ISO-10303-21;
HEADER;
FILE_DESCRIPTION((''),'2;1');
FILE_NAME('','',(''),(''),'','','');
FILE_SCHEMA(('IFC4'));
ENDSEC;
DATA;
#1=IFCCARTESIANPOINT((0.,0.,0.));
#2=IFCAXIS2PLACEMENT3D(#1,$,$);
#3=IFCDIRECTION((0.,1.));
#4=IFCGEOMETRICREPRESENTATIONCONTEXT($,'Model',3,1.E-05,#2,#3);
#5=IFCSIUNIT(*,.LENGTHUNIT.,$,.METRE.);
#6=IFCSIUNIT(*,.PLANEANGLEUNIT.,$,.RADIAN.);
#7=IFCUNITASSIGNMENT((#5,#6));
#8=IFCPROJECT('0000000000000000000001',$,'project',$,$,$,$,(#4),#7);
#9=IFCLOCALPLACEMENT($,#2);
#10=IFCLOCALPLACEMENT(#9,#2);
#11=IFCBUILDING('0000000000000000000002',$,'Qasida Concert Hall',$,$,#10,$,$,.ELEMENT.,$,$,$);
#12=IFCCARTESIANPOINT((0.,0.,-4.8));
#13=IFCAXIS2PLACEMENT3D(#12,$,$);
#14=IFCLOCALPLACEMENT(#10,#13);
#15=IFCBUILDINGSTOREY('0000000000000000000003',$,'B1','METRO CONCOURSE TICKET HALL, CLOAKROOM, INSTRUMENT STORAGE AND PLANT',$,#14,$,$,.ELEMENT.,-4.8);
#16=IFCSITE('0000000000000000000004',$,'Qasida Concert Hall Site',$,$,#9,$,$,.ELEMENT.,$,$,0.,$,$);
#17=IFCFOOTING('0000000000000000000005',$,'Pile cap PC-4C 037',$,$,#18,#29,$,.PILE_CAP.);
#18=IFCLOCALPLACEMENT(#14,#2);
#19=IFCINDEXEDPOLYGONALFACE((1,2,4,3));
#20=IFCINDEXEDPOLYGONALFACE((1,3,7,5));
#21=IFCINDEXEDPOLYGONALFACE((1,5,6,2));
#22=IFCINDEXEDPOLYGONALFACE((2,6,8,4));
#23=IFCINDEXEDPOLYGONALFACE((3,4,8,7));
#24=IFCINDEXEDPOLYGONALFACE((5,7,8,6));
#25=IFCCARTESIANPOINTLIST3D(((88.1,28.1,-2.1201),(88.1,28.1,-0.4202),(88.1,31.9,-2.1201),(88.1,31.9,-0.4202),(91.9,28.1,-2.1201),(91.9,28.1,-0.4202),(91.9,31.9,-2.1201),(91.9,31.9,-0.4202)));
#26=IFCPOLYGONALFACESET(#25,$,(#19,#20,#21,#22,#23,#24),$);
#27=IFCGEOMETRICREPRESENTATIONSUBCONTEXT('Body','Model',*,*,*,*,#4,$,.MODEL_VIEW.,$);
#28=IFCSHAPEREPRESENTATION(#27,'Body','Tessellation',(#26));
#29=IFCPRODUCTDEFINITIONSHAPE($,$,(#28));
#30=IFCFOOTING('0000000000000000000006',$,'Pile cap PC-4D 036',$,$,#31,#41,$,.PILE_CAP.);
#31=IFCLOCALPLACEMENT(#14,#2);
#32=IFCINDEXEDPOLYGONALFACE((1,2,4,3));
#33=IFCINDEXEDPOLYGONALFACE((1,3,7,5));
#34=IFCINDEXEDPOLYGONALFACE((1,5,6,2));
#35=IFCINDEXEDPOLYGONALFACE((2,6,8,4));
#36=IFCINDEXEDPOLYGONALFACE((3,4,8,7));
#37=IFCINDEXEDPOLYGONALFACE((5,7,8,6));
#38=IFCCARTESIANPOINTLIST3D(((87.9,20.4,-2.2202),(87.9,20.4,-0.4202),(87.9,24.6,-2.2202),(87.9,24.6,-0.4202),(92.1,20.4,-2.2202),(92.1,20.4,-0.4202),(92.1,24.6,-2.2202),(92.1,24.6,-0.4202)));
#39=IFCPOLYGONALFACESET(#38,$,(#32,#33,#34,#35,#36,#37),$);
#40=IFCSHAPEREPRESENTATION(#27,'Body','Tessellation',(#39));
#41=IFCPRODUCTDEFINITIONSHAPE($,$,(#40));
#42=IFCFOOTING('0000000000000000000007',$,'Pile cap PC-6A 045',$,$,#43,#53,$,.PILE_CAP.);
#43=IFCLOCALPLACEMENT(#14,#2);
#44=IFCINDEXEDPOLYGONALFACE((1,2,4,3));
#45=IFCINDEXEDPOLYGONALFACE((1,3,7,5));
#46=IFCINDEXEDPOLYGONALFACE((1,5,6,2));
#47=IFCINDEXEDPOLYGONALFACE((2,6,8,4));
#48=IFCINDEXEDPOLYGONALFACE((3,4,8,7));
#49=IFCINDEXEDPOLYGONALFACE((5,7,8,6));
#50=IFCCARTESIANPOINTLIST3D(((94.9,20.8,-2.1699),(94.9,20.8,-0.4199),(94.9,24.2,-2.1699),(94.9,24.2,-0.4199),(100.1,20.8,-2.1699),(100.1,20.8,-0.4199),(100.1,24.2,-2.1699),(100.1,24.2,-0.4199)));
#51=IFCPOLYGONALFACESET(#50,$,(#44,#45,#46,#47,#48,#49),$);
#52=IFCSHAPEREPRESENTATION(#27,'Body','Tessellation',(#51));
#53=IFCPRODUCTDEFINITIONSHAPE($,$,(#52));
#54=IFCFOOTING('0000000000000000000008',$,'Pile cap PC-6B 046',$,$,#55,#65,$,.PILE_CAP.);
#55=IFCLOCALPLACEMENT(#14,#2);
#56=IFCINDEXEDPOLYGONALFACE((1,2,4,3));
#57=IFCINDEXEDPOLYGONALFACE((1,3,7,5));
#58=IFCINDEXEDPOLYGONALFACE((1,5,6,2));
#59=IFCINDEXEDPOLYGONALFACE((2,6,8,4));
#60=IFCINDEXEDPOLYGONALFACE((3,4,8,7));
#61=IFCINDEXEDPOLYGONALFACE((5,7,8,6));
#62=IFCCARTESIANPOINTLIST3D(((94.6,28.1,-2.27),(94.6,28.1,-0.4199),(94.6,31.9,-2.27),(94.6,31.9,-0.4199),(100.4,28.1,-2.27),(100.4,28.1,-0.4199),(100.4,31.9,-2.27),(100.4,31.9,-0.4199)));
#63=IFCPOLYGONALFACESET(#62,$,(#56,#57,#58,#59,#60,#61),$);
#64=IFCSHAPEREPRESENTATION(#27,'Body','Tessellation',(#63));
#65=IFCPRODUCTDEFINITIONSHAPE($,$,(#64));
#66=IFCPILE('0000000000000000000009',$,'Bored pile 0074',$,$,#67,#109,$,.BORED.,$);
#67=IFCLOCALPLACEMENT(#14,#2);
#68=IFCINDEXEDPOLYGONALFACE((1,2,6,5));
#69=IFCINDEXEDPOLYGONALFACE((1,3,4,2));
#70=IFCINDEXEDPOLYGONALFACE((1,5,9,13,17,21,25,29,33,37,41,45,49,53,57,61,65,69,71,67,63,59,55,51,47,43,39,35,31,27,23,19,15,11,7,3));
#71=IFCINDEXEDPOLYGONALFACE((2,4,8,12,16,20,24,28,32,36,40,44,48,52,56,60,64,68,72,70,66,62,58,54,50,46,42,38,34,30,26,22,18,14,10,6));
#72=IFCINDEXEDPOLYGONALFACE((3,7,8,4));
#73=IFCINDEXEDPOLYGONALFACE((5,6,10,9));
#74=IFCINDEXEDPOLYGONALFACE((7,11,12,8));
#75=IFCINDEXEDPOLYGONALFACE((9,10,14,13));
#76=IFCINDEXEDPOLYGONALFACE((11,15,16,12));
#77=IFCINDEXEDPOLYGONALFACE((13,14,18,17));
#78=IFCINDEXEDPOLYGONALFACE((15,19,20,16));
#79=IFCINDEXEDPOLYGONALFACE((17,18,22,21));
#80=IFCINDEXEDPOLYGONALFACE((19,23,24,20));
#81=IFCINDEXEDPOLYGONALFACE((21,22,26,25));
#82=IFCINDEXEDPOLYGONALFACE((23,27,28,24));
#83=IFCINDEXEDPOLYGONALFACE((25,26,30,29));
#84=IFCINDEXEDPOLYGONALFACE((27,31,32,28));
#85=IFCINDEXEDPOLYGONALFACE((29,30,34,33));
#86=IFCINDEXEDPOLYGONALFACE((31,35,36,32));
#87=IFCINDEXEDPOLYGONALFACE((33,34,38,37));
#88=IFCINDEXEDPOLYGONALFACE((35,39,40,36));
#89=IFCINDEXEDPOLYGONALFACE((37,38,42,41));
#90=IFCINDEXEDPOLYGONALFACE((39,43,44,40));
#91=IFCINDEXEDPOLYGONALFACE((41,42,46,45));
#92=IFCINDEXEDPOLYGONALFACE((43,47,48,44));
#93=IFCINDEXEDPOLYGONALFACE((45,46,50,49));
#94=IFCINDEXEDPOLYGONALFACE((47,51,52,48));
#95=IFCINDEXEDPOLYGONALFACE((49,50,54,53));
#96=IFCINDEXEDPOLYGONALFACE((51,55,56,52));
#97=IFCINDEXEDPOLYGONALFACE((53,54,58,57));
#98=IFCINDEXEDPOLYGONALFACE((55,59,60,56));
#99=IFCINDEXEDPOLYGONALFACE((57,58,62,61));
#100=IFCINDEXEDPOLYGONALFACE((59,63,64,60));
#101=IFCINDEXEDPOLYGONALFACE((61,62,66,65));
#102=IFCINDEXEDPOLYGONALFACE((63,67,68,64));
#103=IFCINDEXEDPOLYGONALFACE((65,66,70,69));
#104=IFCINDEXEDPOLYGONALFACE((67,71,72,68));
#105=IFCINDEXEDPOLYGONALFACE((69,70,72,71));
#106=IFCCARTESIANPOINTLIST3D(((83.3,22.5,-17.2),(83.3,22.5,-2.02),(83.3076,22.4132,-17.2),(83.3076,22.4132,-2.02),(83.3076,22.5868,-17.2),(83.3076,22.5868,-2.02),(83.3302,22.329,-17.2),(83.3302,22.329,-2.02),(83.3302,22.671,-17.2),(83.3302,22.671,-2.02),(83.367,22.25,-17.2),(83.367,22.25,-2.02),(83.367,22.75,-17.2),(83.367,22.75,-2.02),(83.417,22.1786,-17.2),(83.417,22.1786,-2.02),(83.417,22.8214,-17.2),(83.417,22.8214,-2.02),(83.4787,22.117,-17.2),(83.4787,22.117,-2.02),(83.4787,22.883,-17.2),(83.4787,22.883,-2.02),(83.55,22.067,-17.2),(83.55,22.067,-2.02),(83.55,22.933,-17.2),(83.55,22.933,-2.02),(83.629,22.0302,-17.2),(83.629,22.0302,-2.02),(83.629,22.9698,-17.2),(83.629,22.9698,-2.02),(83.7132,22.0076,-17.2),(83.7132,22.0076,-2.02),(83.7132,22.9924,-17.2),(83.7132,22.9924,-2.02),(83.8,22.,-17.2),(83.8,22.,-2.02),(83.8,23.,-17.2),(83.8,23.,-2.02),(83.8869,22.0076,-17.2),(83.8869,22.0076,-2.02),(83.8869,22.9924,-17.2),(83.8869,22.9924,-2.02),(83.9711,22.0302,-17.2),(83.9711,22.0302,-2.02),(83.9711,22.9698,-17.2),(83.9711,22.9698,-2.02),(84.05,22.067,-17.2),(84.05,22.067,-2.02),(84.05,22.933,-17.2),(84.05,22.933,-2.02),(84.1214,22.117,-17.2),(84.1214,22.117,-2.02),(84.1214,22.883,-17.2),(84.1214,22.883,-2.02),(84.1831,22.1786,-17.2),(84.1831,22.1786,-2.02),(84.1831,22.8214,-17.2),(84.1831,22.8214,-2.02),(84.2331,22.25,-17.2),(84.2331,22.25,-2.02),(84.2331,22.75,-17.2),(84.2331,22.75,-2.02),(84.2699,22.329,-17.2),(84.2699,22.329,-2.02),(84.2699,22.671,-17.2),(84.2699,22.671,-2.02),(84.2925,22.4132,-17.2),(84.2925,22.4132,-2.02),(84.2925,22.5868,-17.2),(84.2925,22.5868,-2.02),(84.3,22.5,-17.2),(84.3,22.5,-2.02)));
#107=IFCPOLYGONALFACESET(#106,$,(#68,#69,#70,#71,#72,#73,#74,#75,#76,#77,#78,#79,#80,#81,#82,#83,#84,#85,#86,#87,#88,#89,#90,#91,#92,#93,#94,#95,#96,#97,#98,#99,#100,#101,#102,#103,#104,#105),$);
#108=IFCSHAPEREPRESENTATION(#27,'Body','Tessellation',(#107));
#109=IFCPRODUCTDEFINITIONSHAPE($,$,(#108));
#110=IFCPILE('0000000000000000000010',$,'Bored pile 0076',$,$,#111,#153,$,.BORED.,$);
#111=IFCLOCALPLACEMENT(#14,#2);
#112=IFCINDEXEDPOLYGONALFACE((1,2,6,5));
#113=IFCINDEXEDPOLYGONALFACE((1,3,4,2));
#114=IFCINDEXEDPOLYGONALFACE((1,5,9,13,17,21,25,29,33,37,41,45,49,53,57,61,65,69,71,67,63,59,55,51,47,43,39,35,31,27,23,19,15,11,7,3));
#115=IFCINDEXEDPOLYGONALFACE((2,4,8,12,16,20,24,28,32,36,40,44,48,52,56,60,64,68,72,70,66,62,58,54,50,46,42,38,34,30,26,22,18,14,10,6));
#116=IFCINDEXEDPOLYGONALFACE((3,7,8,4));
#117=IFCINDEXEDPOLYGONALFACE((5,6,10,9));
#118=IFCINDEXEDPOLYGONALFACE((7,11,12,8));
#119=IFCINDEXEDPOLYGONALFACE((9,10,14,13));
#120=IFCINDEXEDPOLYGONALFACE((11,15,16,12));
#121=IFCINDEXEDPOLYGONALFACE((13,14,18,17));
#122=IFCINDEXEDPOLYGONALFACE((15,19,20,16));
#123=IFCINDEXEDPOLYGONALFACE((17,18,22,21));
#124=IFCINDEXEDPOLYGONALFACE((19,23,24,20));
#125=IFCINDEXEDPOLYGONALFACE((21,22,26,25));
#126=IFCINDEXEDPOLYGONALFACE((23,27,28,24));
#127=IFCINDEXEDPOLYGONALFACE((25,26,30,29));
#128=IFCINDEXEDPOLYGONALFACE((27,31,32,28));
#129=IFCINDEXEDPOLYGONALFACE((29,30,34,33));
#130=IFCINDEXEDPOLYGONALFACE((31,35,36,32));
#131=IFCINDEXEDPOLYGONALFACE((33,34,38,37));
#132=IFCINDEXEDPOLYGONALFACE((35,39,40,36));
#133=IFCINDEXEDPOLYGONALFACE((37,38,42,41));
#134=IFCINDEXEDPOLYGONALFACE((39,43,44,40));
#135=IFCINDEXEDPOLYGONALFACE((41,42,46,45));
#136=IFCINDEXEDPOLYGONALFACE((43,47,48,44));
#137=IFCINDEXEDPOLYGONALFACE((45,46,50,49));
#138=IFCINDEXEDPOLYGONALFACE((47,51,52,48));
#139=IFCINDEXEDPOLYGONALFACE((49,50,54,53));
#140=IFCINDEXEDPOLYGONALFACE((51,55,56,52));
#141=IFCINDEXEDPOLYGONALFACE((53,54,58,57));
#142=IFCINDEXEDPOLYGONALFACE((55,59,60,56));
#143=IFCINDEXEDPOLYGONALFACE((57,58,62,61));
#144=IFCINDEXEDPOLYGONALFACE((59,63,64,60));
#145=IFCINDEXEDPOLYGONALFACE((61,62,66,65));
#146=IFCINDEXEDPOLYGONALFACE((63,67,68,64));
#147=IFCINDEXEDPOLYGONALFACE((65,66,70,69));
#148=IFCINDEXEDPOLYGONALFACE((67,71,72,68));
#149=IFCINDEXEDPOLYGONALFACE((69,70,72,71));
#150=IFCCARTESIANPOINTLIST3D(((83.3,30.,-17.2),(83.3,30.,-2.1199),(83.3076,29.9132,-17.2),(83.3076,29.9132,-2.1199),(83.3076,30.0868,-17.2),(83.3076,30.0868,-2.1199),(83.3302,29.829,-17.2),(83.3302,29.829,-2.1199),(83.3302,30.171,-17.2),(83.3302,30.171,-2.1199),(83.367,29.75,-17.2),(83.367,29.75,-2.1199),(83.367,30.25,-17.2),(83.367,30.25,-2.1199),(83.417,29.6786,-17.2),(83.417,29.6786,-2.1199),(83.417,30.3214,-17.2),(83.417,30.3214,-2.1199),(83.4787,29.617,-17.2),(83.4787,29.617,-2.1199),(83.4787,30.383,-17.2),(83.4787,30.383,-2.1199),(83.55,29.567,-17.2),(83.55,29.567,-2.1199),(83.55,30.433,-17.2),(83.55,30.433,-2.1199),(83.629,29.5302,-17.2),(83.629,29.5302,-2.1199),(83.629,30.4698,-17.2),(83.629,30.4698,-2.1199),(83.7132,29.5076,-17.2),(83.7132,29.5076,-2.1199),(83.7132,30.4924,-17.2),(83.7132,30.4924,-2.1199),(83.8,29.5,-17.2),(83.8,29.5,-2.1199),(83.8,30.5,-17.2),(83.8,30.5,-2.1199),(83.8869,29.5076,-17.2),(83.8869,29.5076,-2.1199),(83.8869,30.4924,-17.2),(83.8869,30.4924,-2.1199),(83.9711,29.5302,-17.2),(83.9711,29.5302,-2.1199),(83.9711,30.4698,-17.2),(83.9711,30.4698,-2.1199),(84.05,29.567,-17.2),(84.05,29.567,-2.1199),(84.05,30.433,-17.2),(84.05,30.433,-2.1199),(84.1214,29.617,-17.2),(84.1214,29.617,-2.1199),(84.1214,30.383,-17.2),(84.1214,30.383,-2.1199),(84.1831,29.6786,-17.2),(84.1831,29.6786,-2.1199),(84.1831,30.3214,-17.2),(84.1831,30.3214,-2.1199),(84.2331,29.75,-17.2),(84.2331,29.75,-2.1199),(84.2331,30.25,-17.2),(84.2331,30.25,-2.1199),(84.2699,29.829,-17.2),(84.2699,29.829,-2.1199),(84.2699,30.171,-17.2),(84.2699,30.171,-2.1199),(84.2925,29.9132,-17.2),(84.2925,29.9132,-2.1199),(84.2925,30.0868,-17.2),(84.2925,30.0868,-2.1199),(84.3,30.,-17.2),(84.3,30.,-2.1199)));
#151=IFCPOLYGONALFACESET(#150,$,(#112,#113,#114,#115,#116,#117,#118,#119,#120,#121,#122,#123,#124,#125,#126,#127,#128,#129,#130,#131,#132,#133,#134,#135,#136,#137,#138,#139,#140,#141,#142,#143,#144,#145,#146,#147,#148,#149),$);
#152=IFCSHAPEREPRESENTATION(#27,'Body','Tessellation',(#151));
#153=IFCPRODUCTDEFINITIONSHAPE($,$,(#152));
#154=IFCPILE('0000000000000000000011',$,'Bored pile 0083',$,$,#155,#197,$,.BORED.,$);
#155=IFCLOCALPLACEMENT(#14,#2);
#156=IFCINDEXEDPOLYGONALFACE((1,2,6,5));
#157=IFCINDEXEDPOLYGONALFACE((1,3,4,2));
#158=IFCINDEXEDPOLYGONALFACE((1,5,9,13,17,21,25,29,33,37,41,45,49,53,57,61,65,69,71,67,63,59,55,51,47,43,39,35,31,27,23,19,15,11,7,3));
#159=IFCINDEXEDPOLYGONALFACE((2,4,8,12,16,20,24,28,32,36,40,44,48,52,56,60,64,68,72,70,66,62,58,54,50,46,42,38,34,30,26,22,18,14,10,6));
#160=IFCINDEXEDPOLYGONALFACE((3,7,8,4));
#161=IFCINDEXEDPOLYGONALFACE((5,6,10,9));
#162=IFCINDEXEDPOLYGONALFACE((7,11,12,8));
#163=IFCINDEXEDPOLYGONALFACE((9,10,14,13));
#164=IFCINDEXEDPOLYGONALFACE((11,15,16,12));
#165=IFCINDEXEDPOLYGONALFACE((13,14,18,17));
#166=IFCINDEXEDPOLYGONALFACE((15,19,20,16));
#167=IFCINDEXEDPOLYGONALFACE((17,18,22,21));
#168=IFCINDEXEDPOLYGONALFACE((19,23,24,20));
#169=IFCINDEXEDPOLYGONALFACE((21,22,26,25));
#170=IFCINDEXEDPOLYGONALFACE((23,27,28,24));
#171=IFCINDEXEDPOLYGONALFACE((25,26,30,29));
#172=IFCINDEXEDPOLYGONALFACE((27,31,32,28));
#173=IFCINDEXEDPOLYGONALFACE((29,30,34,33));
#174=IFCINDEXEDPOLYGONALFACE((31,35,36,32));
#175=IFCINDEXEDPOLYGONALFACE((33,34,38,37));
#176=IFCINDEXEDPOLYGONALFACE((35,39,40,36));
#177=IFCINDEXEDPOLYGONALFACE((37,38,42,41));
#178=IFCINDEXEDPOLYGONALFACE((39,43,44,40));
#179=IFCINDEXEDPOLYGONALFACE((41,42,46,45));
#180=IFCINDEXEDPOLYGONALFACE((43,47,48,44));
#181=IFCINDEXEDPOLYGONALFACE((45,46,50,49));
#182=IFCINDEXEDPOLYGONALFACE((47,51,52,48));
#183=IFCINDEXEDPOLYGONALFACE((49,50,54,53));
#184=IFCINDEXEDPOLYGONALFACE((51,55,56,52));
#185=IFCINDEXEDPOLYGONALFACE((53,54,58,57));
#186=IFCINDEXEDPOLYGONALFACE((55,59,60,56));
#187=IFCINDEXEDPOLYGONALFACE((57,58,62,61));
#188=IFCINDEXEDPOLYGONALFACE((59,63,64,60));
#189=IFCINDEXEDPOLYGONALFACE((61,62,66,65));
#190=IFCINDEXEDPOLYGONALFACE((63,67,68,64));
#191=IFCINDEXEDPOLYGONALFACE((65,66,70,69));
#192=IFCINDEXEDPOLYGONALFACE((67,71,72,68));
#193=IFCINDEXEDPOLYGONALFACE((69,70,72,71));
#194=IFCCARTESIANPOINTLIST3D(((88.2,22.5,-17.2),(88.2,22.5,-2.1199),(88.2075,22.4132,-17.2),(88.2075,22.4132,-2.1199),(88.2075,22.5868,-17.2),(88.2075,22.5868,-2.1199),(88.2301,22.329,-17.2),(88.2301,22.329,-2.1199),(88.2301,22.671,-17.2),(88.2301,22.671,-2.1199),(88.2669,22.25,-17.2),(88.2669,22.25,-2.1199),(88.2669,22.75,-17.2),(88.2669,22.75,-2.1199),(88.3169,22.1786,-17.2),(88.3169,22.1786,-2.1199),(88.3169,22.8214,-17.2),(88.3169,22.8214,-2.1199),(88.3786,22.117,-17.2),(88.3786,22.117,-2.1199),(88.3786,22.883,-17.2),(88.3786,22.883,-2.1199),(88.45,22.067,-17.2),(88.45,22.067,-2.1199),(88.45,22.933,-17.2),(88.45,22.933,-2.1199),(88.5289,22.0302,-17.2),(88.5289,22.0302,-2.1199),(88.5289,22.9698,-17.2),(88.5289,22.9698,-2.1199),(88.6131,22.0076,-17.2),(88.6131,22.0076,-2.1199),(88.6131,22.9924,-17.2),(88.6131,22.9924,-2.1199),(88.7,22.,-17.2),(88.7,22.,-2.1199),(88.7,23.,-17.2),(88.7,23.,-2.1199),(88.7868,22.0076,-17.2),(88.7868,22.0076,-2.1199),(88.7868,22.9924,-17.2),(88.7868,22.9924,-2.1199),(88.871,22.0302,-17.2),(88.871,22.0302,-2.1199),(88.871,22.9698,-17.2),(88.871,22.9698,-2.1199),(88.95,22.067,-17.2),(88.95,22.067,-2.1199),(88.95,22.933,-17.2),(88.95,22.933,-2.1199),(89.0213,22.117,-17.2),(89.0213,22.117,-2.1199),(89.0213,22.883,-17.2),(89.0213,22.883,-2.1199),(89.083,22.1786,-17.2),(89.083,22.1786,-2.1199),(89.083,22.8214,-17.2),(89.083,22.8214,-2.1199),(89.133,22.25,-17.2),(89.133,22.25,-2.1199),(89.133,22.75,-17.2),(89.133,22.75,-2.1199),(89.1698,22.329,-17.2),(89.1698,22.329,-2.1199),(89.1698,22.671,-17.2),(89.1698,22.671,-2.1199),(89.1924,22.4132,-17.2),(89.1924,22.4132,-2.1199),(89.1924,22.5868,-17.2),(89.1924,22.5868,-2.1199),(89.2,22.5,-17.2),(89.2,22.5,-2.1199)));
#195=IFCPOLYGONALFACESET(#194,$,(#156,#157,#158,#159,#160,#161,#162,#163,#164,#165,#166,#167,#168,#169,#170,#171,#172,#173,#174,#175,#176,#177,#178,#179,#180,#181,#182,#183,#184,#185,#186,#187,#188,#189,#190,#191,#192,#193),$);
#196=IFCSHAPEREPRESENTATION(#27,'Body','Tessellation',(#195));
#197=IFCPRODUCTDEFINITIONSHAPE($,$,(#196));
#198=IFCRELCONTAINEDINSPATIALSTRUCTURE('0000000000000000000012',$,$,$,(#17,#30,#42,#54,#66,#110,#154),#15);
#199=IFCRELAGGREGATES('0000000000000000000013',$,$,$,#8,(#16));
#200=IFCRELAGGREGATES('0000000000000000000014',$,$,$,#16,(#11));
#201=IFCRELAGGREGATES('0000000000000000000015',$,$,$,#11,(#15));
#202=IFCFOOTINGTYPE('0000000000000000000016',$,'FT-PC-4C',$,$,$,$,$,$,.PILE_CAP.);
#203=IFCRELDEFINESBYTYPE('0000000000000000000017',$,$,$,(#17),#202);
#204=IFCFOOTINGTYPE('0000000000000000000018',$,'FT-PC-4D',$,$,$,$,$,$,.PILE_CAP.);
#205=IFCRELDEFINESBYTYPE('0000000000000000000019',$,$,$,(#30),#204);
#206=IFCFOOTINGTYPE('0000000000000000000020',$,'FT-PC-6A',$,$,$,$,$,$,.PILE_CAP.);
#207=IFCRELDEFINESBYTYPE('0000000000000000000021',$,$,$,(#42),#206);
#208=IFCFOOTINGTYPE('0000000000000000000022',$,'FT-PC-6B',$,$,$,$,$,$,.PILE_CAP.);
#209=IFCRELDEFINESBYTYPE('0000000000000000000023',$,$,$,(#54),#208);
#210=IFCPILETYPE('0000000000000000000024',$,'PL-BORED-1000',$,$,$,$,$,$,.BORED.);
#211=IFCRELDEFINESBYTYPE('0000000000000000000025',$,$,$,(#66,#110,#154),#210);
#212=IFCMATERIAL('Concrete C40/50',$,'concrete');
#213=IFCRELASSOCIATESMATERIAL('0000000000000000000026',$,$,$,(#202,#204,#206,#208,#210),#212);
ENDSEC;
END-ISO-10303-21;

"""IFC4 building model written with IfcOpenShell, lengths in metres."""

from ifc_helpers import new_model, si_unit, direction, frame, origin, origin_2d, place, context, subcontext, project, spatial, rectangle, circle, extrude, material, material_profile, profile_set, type_object, element, save


model = new_model("IFC4")

# Units and contexts
model_context = context("Model", 3, precision=1e-05, world=origin(), true_north=direction((0.0, 1.0)))
body_context = subcontext(model_context, "Body", "Model", "MODEL_VIEW")
ifc_project = project(units=[si_unit("LENGTHUNIT", "METRE"), si_unit("PLANEANGLEUNIT", "RADIAN")], contexts=[model_context])

# Site, building, storey
site_placement = place(None, origin())
site = spatial("IfcSite", under=ifc_project, at=site_placement, Name="Qasida Concert Hall Site", CompositionType="ELEMENT", RefElevation=0.0)
building_placement = place(site_placement, origin())
building = spatial("IfcBuilding", under=site, at=building_placement, Name="Qasida Concert Hall", CompositionType="ELEMENT")
storey_placement = place(building_placement, frame((0.0, 0.0, -4.8)))
storey = spatial("IfcBuildingStorey", under=building, at=storey_placement, Name="B1", Description="METRO CONCOURSE TICKET HALL, CLOAKROOM, INSTRUMENT STORAGE AND PLANT", CompositionType="ELEMENT", Elevation=-4.8)

# Footings
ifc_material_1 = material(Name="Concrete C40/50", Category="concrete")
footing_type_1 = type_object("IfcFootingType", Name="FT-PC-4C", PredefinedType="PILE_CAP", material=ifc_material_1)
footing_1_placement = place(storey_placement, frame((90.0, 30.0, -2.1201), z_axis=(0.0, 0.0, 1.0), x_axis=(1.0, 0.0, 0.0)))
element("IfcFooting", 1, at=footing_1_placement, inside=storey, type_object=footing_type_1, Name="Pile cap PC-4C 037", PredefinedType="PILE_CAP", context=body_context, shape_type="SweptSolid", body=[
    extrude(rectangle(XDim=3.8, YDim=3.8, at=origin_2d()), origin(), (0.0, 0.0, 1.0), 1.7),
])
footing_type_2 = type_object("IfcFootingType", Name="FT-PC-4D", PredefinedType="PILE_CAP", material=ifc_material_1)
footing_2_placement = place(storey_placement, frame((90.0, 22.5, -2.2202), z_axis=(0.0, 0.0, 1.0), x_axis=(1.0, 0.0, 0.0)))
element("IfcFooting", 2, at=footing_2_placement, inside=storey, type_object=footing_type_2, Name="Pile cap PC-4D 036", PredefinedType="PILE_CAP", context=body_context, shape_type="SweptSolid", body=[
    extrude(rectangle(XDim=4.2, YDim=4.2, at=origin_2d()), origin(), (0.0, 0.0, 1.0), 1.8),
])
footing_type_3 = type_object("IfcFootingType", Name="FT-PC-6A", PredefinedType="PILE_CAP", material=ifc_material_1)
footing_3_placement = place(storey_placement, frame((97.5, 22.5, -2.1699), z_axis=(0.0, 0.0, 1.0), x_axis=(1.0, 0.0, 0.0)))
element("IfcFooting", 3, at=footing_3_placement, inside=storey, type_object=footing_type_3, Name="Pile cap PC-6A 045", PredefinedType="PILE_CAP", context=body_context, shape_type="SweptSolid", body=[
    extrude(rectangle(XDim=5.2, YDim=3.3999, at=origin_2d()), origin(), (0.0, 0.0, 1.0), 1.75),
])
footing_type_4 = type_object("IfcFootingType", Name="FT-PC-6B", PredefinedType="PILE_CAP", material=ifc_material_1)
footing_4_placement = place(storey_placement, frame((97.5, 30.0, -2.27), z_axis=(0.0, 0.0, 1.0), x_axis=(1.0, 0.0, 0.0)))
element("IfcFooting", 4, at=footing_4_placement, inside=storey, type_object=footing_type_4, Name="Pile cap PC-6B 046", PredefinedType="PILE_CAP", context=body_context, shape_type="SweptSolid", body=[
    extrude(rectangle(XDim=5.8, YDim=3.8, at=origin_2d()), origin(), (0.0, 0.0, 1.0), 1.8501),
])

# Piles
ifc_material_profile_1 = material_profile(ifc_material_1, circle(Radius=0.5, at=origin_2d()), Name="BORED PILE D1000")
ifc_profile_set_1 = profile_set([ifc_material_profile_1], Name="Concrete C40/50")
pile_type_1 = type_object("IfcPileType", Name="PL-BORED-1000", PredefinedType="BORED", material=ifc_profile_set_1)
pile_placement = place(storey_placement, frame((83.8, 22.5, -2.02), z_axis=(0.0, 0.0, -1.0), x_axis=(1.0, 0.0, 0.0)))
element("IfcPile", 5, at=pile_placement, inside=storey, type_object=pile_type_1, Name="Bored pile 0074", PredefinedType="BORED", context=body_context, shape_type="SweptSolid", body=[
    extrude(circle(Radius=0.5, at=origin_2d()), origin(), (0.0, 0.0, 1.0), 15.1799),
])
for number, where, z_axis, x_axis, name in (
    (6, (83.8, 30.0, -2.1199), (0.0, 0.0, -1.0), (1.0, 0.0, 0.0), "Bored pile 0076"),
    (7, (88.7, 22.5, -2.1199), (0.0, 0.0, -1.0), (1.0, 0.0, 0.0), "Bored pile 0083"),
):
    element("IfcPile", number, at=place(storey_placement, frame(where, z_axis=z_axis, x_axis=x_axis)), inside=storey, type_object=pile_type_1, Name=name, PredefinedType="BORED", context=body_context, shape_type="SweptSolid", body=[
        extrude(circle(Radius=0.5, at=origin_2d()), origin(), (0.0, 0.0, 1.0), 15.0801),
    ])

save(model, "model.ifc")
